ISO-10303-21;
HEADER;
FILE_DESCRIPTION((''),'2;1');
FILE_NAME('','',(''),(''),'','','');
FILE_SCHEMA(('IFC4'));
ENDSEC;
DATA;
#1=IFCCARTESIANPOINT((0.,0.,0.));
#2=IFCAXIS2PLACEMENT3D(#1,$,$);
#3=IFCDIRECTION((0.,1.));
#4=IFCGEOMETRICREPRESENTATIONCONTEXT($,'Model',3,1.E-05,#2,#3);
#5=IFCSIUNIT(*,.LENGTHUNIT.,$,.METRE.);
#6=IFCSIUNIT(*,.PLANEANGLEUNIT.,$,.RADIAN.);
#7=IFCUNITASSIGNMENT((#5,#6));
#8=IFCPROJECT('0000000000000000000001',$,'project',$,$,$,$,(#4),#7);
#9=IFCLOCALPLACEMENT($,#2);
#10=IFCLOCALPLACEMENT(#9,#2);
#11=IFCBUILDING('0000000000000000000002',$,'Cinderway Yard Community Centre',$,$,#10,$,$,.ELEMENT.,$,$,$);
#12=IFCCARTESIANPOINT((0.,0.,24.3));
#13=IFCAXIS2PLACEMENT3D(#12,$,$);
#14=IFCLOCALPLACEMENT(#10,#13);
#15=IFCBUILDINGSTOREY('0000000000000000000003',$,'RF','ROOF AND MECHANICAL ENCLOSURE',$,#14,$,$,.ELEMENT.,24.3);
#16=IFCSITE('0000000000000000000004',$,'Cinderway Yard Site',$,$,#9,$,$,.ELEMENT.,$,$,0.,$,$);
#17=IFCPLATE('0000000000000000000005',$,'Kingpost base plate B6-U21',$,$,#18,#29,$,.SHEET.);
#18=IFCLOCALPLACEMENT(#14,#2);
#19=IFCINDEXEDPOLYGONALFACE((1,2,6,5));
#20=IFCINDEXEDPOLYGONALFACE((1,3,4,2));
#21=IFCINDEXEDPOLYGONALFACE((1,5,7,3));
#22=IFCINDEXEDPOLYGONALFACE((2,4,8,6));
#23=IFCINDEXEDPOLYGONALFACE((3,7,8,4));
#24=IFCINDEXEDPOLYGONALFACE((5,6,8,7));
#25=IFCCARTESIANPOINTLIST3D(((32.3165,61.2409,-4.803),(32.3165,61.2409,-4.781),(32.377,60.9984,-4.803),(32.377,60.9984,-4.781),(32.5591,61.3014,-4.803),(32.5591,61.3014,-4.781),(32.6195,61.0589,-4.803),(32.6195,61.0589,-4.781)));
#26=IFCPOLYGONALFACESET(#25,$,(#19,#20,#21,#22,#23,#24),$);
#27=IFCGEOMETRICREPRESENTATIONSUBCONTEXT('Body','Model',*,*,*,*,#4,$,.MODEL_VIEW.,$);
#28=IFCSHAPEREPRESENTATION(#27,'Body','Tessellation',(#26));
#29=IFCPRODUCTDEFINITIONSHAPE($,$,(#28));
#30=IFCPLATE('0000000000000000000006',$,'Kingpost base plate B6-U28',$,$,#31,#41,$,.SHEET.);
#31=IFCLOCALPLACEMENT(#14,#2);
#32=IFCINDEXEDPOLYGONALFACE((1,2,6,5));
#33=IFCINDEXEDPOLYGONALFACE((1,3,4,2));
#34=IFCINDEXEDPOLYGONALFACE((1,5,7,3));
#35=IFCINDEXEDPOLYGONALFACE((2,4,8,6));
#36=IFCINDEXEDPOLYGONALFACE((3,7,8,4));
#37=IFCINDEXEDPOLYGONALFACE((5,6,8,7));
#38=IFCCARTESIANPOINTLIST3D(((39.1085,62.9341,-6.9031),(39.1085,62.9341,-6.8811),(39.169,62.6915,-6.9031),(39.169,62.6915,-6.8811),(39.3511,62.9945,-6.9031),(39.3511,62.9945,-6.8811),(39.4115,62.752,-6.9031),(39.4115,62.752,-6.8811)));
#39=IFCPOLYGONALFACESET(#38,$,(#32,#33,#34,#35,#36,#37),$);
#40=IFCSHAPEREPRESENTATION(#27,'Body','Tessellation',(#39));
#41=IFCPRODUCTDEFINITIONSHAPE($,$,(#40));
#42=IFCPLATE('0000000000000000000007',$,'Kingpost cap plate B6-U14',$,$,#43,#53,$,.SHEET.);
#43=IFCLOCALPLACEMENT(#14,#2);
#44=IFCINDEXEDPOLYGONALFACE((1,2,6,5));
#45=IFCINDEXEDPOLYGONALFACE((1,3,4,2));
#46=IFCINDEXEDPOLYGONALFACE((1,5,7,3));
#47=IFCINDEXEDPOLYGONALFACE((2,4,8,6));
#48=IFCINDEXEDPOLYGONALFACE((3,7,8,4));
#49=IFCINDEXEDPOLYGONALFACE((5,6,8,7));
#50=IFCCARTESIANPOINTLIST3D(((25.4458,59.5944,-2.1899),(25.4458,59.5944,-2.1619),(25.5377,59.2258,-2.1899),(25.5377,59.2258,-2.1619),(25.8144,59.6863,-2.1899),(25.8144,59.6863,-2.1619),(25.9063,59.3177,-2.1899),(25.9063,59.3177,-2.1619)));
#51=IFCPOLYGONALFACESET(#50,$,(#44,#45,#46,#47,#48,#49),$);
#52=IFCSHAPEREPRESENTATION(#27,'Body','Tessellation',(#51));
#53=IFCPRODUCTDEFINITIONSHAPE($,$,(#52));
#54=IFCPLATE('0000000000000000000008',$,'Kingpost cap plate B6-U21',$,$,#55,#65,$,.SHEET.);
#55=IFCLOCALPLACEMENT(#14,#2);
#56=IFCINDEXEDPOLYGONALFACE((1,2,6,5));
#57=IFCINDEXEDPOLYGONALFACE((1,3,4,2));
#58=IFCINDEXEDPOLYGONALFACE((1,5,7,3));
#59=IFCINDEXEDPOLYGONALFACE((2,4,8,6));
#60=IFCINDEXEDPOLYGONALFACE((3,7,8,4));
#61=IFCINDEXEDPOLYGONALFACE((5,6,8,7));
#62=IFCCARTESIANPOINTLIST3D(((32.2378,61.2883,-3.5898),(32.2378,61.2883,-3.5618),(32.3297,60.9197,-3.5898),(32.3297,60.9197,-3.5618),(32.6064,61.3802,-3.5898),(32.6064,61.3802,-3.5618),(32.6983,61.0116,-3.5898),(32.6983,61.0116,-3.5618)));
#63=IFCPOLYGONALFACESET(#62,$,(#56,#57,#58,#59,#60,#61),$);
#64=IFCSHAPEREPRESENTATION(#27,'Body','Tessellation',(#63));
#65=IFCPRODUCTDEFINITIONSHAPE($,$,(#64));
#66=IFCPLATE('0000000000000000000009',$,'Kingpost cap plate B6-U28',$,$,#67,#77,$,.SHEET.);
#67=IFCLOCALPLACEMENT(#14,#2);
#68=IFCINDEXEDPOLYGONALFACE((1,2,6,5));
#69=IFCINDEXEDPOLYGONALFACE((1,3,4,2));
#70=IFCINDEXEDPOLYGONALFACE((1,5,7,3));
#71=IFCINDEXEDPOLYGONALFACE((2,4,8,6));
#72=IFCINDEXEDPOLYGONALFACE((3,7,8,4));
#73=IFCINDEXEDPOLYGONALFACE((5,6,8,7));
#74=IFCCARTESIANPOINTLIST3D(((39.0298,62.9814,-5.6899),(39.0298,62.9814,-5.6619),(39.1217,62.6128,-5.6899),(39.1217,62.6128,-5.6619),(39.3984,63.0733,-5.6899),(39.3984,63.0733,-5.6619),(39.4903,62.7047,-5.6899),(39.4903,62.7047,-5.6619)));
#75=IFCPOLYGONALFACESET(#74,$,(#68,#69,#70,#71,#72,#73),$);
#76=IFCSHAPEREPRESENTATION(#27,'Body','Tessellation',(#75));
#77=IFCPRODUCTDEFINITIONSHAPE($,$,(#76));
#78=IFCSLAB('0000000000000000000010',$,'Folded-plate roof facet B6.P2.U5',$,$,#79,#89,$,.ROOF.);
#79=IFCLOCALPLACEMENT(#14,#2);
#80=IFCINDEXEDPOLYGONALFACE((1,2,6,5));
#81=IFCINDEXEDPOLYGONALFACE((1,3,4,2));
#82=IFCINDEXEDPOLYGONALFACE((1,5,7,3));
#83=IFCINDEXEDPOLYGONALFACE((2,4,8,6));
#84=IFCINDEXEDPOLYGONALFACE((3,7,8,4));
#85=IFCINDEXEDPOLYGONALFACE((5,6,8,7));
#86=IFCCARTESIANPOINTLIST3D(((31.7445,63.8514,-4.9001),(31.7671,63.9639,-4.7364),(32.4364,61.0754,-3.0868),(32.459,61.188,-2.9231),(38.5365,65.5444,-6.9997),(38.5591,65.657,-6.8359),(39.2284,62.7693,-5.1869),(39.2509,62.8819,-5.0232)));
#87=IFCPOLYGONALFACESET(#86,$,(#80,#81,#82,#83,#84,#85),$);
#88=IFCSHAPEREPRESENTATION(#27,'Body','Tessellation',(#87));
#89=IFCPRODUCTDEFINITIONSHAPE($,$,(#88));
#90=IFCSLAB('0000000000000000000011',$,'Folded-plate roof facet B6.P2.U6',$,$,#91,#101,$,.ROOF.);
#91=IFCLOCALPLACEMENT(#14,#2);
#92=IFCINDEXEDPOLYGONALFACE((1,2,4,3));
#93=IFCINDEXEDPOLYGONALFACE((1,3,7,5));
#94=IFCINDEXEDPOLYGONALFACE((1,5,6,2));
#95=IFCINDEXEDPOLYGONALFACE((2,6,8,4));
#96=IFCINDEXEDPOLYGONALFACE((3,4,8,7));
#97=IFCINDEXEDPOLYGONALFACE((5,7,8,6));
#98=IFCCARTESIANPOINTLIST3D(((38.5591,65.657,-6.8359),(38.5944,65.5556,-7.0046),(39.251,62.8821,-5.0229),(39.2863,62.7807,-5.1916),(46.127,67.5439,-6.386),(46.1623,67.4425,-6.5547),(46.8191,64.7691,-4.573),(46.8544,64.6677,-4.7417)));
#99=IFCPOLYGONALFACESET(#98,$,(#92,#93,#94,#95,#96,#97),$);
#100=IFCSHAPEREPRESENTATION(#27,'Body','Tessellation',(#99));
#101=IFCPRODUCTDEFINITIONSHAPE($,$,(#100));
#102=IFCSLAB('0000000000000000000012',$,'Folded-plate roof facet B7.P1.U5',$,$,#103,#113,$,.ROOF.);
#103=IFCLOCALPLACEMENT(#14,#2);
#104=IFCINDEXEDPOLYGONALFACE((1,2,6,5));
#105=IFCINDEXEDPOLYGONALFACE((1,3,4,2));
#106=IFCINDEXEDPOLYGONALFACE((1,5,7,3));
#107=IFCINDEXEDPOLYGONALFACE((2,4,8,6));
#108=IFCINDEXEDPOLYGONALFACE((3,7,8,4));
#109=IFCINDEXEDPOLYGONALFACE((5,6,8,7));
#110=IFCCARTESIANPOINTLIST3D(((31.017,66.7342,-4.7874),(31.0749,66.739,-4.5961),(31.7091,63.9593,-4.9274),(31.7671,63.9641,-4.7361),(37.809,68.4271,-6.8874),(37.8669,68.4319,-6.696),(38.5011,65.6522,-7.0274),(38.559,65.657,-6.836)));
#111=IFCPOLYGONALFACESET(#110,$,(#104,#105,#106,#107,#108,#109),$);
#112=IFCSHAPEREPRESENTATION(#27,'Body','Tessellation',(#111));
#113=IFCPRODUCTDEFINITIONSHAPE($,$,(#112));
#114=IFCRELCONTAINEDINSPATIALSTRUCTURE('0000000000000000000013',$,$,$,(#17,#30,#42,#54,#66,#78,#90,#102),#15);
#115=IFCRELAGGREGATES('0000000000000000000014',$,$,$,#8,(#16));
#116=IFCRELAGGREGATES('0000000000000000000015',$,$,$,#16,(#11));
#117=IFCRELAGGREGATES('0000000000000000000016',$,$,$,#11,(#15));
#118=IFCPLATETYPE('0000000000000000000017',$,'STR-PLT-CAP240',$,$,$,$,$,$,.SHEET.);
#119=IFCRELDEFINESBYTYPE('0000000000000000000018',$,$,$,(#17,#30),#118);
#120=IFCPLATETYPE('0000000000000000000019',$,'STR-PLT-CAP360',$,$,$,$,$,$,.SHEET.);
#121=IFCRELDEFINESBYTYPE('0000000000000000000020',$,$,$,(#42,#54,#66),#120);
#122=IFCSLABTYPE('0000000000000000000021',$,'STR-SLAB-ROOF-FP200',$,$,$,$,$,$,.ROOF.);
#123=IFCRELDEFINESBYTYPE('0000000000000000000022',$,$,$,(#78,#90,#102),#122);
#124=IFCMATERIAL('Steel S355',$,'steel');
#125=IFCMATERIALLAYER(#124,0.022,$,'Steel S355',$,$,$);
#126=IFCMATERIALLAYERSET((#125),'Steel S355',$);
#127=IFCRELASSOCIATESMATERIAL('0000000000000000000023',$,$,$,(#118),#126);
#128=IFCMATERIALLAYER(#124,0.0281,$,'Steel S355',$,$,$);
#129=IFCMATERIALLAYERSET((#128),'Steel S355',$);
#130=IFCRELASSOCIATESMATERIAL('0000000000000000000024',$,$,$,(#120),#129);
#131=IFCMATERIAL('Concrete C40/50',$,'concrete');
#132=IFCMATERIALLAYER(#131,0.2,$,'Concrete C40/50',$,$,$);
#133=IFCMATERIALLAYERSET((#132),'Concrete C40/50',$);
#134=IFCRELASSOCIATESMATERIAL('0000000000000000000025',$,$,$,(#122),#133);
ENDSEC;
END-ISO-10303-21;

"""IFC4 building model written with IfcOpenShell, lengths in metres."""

from ifc_helpers import new_model, si_unit, direction, frame, origin, origin_2d, place, context, subcontext, project, spatial, polyline, rectangle, outline, extrude, material, layer, layer_set, type_object, element, save


model = new_model("IFC4")

# Units and contexts
model_context = context("Model", 3, precision=1e-05, world=origin(), true_north=direction((0.0, 1.0)))
body_context = subcontext(model_context, "Body", "Model", "MODEL_VIEW")
ifc_project = project(units=[si_unit("LENGTHUNIT", "METRE"), si_unit("PLANEANGLEUNIT", "RADIAN")], contexts=[model_context])

# Site, building, storey
site_placement = place(None, origin())
site = spatial("IfcSite", under=ifc_project, at=site_placement, Name="Cinderway Yard Site", CompositionType="ELEMENT", RefElevation=0.0)
building_placement = place(site_placement, origin())
building = spatial("IfcBuilding", under=site, at=building_placement, Name="Cinderway Yard Community Centre", CompositionType="ELEMENT")
storey_placement = place(building_placement, frame((0.0, 0.0, 24.3)))
storey = spatial("IfcBuildingStorey", under=building, at=storey_placement, Name="RF", Description="ROOF AND MECHANICAL ENCLOSURE", CompositionType="ELEMENT", Elevation=24.3)

# Shared definitions
ifc_material_1 = material(Name="Concrete C40/50", Category="concrete")
ifc_material_2 = material(Name="Steel S355", Category="steel")

# Plates
ifc_layer_1 = layer(ifc_material_2, 0.022, Name="Steel S355")
ifc_layer_set_1 = layer_set([ifc_layer_1], Name="Steel S355")
plate_type_1 = type_object("IfcPlateType", Name="STR-PLT-CAP240", PredefinedType="SHEET", material=ifc_layer_set_1)
for number, where, z_axis, x_axis, name in (
    (1, (32.468, 61.1499, -4.803), (0.0, 0.0, 1.0), (0.970296, 0.241922, 0.0), "Kingpost base plate B6-U21"),
    (2, (39.26, 62.843, -6.9031), (0.0, 0.0, 1.0), (0.970296, 0.241922, 0.0), "Kingpost base plate B6-U28"),
):
    element("IfcPlate", number, at=place(storey_placement, frame(where, z_axis=z_axis, x_axis=x_axis)), inside=storey, type_object=plate_type_1, Name=name, PredefinedType="SHEET", context=body_context, shape_type="SweptSolid", body=[
        extrude(rectangle(XDim=0.25, YDim=0.25, at=origin_2d()), origin(), (0.0, 0.0, 1.0), 0.022),
    ])
ifc_layer_2 = layer(ifc_material_2, 0.0281, Name="Steel S355")
ifc_layer_set_2 = layer_set([ifc_layer_2], Name="Steel S355")
plate_type_2 = type_object("IfcPlateType", Name="STR-PLT-CAP360", PredefinedType="SHEET", material=ifc_layer_set_2)
for number, where, z_axis, x_axis, name in (
    (3, (25.676, 59.4561, -2.1899), (0.0, 0.0, 1.0), (0.970296, 0.241922, 0.0), "Kingpost cap plate B6-U14"),
    (4, (32.468, 61.1499, -3.5898), (0.0, 0.0, 1.0), (0.970296, 0.241922, 0.0), "Kingpost cap plate B6-U21"),
    (5, (39.26, 62.843, -5.6899), (0.0, 0.0, 1.0), (0.970296, 0.241922, 0.0), "Kingpost cap plate B6-U28"),
):
    element("IfcPlate", number, at=place(storey_placement, frame(where, z_axis=z_axis, x_axis=x_axis)), inside=storey, type_object=plate_type_2, Name=name, PredefinedType="SHEET", context=body_context, shape_type="SweptSolid", body=[
        extrude(rectangle(XDim=0.3799, YDim=0.3799, at=origin_2d()), origin(), (0.0, 0.0, 1.0), 0.0281),
    ])

# Slabs
ifc_layer_3 = layer(ifc_material_1, 0.2, Name="Concrete C40/50")
ifc_layer_set_3 = layer_set([ifc_layer_3], Name="Concrete C40/50")
slab_type = type_object("IfcSlabType", Name="STR-SLAB-ROOF-FP200", PredefinedType="ROOF", material=ifc_layer_set_3)
slab_1_placement = place(storey_placement, frame((32.459, 61.188, -2.9231), z_axis=(0.112775, 0.562939, 0.818768), x_axis=(0.929355, 0.231779, -0.287365)))
element("IfcSlab", 6, at=slab_1_placement, inside=storey, type_object=slab_type, Name="Folded-plate roof facet B6.P2.U5", PredefinedType="ROOF", context=body_context, shape_type="SweptSolid", body=[
    extrude(outline(polyline([(0.0, 0.0), (7.3082, 0.0), (7.8294, 3.3458), (0.5214, 3.3467), (0.0, 0.0)])), origin(), (0.0, 0.0, -1.0), 0.2),
])
slab_2_placement = place(storey_placement, frame((39.251, 62.8821, -5.0229), z_axis=(-0.176598, 0.50712, 0.843589), x_axis=(0.968684, 0.241524, 0.057594)))
element("IfcSlab", 7, at=slab_2_placement, inside=storey, type_object=slab_type, Name="Folded-plate roof facet B6.P2.U6", PredefinedType="ROOF", context=body_context, shape_type="SweptSolid", body=[
    extrude(outline(polyline([(0.0, 0.0), (7.8128, 0.0), (7.7081, 3.3845), (-0.1044, 3.3845), (0.0, 0.0)])), origin(), (0.0, 0.0, -1.0), 0.2),
])
slab_3_placement = place(storey_placement, frame((31.7671, 63.9641, -4.7361), z_axis=(0.289834, 0.024016, 0.956776), x_axis=(0.929391, 0.231647, -0.287353)))
element("IfcSlab", 8, at=slab_3_placement, inside=storey, type_object=slab_type, Name="Folded-plate roof facet B7.P1.U5", PredefinedType="ROOF", context=body_context, shape_type="SweptSolid", body=[
    extrude(outline(polyline([(0.0, 0.0), (7.308, 0.0), (7.2673, 2.863), (-0.0407, 2.8631), (0.0, 0.0)])), origin(), (0.0, 0.0, -1.0), 0.2),
])

save(model, "model.ifc")
